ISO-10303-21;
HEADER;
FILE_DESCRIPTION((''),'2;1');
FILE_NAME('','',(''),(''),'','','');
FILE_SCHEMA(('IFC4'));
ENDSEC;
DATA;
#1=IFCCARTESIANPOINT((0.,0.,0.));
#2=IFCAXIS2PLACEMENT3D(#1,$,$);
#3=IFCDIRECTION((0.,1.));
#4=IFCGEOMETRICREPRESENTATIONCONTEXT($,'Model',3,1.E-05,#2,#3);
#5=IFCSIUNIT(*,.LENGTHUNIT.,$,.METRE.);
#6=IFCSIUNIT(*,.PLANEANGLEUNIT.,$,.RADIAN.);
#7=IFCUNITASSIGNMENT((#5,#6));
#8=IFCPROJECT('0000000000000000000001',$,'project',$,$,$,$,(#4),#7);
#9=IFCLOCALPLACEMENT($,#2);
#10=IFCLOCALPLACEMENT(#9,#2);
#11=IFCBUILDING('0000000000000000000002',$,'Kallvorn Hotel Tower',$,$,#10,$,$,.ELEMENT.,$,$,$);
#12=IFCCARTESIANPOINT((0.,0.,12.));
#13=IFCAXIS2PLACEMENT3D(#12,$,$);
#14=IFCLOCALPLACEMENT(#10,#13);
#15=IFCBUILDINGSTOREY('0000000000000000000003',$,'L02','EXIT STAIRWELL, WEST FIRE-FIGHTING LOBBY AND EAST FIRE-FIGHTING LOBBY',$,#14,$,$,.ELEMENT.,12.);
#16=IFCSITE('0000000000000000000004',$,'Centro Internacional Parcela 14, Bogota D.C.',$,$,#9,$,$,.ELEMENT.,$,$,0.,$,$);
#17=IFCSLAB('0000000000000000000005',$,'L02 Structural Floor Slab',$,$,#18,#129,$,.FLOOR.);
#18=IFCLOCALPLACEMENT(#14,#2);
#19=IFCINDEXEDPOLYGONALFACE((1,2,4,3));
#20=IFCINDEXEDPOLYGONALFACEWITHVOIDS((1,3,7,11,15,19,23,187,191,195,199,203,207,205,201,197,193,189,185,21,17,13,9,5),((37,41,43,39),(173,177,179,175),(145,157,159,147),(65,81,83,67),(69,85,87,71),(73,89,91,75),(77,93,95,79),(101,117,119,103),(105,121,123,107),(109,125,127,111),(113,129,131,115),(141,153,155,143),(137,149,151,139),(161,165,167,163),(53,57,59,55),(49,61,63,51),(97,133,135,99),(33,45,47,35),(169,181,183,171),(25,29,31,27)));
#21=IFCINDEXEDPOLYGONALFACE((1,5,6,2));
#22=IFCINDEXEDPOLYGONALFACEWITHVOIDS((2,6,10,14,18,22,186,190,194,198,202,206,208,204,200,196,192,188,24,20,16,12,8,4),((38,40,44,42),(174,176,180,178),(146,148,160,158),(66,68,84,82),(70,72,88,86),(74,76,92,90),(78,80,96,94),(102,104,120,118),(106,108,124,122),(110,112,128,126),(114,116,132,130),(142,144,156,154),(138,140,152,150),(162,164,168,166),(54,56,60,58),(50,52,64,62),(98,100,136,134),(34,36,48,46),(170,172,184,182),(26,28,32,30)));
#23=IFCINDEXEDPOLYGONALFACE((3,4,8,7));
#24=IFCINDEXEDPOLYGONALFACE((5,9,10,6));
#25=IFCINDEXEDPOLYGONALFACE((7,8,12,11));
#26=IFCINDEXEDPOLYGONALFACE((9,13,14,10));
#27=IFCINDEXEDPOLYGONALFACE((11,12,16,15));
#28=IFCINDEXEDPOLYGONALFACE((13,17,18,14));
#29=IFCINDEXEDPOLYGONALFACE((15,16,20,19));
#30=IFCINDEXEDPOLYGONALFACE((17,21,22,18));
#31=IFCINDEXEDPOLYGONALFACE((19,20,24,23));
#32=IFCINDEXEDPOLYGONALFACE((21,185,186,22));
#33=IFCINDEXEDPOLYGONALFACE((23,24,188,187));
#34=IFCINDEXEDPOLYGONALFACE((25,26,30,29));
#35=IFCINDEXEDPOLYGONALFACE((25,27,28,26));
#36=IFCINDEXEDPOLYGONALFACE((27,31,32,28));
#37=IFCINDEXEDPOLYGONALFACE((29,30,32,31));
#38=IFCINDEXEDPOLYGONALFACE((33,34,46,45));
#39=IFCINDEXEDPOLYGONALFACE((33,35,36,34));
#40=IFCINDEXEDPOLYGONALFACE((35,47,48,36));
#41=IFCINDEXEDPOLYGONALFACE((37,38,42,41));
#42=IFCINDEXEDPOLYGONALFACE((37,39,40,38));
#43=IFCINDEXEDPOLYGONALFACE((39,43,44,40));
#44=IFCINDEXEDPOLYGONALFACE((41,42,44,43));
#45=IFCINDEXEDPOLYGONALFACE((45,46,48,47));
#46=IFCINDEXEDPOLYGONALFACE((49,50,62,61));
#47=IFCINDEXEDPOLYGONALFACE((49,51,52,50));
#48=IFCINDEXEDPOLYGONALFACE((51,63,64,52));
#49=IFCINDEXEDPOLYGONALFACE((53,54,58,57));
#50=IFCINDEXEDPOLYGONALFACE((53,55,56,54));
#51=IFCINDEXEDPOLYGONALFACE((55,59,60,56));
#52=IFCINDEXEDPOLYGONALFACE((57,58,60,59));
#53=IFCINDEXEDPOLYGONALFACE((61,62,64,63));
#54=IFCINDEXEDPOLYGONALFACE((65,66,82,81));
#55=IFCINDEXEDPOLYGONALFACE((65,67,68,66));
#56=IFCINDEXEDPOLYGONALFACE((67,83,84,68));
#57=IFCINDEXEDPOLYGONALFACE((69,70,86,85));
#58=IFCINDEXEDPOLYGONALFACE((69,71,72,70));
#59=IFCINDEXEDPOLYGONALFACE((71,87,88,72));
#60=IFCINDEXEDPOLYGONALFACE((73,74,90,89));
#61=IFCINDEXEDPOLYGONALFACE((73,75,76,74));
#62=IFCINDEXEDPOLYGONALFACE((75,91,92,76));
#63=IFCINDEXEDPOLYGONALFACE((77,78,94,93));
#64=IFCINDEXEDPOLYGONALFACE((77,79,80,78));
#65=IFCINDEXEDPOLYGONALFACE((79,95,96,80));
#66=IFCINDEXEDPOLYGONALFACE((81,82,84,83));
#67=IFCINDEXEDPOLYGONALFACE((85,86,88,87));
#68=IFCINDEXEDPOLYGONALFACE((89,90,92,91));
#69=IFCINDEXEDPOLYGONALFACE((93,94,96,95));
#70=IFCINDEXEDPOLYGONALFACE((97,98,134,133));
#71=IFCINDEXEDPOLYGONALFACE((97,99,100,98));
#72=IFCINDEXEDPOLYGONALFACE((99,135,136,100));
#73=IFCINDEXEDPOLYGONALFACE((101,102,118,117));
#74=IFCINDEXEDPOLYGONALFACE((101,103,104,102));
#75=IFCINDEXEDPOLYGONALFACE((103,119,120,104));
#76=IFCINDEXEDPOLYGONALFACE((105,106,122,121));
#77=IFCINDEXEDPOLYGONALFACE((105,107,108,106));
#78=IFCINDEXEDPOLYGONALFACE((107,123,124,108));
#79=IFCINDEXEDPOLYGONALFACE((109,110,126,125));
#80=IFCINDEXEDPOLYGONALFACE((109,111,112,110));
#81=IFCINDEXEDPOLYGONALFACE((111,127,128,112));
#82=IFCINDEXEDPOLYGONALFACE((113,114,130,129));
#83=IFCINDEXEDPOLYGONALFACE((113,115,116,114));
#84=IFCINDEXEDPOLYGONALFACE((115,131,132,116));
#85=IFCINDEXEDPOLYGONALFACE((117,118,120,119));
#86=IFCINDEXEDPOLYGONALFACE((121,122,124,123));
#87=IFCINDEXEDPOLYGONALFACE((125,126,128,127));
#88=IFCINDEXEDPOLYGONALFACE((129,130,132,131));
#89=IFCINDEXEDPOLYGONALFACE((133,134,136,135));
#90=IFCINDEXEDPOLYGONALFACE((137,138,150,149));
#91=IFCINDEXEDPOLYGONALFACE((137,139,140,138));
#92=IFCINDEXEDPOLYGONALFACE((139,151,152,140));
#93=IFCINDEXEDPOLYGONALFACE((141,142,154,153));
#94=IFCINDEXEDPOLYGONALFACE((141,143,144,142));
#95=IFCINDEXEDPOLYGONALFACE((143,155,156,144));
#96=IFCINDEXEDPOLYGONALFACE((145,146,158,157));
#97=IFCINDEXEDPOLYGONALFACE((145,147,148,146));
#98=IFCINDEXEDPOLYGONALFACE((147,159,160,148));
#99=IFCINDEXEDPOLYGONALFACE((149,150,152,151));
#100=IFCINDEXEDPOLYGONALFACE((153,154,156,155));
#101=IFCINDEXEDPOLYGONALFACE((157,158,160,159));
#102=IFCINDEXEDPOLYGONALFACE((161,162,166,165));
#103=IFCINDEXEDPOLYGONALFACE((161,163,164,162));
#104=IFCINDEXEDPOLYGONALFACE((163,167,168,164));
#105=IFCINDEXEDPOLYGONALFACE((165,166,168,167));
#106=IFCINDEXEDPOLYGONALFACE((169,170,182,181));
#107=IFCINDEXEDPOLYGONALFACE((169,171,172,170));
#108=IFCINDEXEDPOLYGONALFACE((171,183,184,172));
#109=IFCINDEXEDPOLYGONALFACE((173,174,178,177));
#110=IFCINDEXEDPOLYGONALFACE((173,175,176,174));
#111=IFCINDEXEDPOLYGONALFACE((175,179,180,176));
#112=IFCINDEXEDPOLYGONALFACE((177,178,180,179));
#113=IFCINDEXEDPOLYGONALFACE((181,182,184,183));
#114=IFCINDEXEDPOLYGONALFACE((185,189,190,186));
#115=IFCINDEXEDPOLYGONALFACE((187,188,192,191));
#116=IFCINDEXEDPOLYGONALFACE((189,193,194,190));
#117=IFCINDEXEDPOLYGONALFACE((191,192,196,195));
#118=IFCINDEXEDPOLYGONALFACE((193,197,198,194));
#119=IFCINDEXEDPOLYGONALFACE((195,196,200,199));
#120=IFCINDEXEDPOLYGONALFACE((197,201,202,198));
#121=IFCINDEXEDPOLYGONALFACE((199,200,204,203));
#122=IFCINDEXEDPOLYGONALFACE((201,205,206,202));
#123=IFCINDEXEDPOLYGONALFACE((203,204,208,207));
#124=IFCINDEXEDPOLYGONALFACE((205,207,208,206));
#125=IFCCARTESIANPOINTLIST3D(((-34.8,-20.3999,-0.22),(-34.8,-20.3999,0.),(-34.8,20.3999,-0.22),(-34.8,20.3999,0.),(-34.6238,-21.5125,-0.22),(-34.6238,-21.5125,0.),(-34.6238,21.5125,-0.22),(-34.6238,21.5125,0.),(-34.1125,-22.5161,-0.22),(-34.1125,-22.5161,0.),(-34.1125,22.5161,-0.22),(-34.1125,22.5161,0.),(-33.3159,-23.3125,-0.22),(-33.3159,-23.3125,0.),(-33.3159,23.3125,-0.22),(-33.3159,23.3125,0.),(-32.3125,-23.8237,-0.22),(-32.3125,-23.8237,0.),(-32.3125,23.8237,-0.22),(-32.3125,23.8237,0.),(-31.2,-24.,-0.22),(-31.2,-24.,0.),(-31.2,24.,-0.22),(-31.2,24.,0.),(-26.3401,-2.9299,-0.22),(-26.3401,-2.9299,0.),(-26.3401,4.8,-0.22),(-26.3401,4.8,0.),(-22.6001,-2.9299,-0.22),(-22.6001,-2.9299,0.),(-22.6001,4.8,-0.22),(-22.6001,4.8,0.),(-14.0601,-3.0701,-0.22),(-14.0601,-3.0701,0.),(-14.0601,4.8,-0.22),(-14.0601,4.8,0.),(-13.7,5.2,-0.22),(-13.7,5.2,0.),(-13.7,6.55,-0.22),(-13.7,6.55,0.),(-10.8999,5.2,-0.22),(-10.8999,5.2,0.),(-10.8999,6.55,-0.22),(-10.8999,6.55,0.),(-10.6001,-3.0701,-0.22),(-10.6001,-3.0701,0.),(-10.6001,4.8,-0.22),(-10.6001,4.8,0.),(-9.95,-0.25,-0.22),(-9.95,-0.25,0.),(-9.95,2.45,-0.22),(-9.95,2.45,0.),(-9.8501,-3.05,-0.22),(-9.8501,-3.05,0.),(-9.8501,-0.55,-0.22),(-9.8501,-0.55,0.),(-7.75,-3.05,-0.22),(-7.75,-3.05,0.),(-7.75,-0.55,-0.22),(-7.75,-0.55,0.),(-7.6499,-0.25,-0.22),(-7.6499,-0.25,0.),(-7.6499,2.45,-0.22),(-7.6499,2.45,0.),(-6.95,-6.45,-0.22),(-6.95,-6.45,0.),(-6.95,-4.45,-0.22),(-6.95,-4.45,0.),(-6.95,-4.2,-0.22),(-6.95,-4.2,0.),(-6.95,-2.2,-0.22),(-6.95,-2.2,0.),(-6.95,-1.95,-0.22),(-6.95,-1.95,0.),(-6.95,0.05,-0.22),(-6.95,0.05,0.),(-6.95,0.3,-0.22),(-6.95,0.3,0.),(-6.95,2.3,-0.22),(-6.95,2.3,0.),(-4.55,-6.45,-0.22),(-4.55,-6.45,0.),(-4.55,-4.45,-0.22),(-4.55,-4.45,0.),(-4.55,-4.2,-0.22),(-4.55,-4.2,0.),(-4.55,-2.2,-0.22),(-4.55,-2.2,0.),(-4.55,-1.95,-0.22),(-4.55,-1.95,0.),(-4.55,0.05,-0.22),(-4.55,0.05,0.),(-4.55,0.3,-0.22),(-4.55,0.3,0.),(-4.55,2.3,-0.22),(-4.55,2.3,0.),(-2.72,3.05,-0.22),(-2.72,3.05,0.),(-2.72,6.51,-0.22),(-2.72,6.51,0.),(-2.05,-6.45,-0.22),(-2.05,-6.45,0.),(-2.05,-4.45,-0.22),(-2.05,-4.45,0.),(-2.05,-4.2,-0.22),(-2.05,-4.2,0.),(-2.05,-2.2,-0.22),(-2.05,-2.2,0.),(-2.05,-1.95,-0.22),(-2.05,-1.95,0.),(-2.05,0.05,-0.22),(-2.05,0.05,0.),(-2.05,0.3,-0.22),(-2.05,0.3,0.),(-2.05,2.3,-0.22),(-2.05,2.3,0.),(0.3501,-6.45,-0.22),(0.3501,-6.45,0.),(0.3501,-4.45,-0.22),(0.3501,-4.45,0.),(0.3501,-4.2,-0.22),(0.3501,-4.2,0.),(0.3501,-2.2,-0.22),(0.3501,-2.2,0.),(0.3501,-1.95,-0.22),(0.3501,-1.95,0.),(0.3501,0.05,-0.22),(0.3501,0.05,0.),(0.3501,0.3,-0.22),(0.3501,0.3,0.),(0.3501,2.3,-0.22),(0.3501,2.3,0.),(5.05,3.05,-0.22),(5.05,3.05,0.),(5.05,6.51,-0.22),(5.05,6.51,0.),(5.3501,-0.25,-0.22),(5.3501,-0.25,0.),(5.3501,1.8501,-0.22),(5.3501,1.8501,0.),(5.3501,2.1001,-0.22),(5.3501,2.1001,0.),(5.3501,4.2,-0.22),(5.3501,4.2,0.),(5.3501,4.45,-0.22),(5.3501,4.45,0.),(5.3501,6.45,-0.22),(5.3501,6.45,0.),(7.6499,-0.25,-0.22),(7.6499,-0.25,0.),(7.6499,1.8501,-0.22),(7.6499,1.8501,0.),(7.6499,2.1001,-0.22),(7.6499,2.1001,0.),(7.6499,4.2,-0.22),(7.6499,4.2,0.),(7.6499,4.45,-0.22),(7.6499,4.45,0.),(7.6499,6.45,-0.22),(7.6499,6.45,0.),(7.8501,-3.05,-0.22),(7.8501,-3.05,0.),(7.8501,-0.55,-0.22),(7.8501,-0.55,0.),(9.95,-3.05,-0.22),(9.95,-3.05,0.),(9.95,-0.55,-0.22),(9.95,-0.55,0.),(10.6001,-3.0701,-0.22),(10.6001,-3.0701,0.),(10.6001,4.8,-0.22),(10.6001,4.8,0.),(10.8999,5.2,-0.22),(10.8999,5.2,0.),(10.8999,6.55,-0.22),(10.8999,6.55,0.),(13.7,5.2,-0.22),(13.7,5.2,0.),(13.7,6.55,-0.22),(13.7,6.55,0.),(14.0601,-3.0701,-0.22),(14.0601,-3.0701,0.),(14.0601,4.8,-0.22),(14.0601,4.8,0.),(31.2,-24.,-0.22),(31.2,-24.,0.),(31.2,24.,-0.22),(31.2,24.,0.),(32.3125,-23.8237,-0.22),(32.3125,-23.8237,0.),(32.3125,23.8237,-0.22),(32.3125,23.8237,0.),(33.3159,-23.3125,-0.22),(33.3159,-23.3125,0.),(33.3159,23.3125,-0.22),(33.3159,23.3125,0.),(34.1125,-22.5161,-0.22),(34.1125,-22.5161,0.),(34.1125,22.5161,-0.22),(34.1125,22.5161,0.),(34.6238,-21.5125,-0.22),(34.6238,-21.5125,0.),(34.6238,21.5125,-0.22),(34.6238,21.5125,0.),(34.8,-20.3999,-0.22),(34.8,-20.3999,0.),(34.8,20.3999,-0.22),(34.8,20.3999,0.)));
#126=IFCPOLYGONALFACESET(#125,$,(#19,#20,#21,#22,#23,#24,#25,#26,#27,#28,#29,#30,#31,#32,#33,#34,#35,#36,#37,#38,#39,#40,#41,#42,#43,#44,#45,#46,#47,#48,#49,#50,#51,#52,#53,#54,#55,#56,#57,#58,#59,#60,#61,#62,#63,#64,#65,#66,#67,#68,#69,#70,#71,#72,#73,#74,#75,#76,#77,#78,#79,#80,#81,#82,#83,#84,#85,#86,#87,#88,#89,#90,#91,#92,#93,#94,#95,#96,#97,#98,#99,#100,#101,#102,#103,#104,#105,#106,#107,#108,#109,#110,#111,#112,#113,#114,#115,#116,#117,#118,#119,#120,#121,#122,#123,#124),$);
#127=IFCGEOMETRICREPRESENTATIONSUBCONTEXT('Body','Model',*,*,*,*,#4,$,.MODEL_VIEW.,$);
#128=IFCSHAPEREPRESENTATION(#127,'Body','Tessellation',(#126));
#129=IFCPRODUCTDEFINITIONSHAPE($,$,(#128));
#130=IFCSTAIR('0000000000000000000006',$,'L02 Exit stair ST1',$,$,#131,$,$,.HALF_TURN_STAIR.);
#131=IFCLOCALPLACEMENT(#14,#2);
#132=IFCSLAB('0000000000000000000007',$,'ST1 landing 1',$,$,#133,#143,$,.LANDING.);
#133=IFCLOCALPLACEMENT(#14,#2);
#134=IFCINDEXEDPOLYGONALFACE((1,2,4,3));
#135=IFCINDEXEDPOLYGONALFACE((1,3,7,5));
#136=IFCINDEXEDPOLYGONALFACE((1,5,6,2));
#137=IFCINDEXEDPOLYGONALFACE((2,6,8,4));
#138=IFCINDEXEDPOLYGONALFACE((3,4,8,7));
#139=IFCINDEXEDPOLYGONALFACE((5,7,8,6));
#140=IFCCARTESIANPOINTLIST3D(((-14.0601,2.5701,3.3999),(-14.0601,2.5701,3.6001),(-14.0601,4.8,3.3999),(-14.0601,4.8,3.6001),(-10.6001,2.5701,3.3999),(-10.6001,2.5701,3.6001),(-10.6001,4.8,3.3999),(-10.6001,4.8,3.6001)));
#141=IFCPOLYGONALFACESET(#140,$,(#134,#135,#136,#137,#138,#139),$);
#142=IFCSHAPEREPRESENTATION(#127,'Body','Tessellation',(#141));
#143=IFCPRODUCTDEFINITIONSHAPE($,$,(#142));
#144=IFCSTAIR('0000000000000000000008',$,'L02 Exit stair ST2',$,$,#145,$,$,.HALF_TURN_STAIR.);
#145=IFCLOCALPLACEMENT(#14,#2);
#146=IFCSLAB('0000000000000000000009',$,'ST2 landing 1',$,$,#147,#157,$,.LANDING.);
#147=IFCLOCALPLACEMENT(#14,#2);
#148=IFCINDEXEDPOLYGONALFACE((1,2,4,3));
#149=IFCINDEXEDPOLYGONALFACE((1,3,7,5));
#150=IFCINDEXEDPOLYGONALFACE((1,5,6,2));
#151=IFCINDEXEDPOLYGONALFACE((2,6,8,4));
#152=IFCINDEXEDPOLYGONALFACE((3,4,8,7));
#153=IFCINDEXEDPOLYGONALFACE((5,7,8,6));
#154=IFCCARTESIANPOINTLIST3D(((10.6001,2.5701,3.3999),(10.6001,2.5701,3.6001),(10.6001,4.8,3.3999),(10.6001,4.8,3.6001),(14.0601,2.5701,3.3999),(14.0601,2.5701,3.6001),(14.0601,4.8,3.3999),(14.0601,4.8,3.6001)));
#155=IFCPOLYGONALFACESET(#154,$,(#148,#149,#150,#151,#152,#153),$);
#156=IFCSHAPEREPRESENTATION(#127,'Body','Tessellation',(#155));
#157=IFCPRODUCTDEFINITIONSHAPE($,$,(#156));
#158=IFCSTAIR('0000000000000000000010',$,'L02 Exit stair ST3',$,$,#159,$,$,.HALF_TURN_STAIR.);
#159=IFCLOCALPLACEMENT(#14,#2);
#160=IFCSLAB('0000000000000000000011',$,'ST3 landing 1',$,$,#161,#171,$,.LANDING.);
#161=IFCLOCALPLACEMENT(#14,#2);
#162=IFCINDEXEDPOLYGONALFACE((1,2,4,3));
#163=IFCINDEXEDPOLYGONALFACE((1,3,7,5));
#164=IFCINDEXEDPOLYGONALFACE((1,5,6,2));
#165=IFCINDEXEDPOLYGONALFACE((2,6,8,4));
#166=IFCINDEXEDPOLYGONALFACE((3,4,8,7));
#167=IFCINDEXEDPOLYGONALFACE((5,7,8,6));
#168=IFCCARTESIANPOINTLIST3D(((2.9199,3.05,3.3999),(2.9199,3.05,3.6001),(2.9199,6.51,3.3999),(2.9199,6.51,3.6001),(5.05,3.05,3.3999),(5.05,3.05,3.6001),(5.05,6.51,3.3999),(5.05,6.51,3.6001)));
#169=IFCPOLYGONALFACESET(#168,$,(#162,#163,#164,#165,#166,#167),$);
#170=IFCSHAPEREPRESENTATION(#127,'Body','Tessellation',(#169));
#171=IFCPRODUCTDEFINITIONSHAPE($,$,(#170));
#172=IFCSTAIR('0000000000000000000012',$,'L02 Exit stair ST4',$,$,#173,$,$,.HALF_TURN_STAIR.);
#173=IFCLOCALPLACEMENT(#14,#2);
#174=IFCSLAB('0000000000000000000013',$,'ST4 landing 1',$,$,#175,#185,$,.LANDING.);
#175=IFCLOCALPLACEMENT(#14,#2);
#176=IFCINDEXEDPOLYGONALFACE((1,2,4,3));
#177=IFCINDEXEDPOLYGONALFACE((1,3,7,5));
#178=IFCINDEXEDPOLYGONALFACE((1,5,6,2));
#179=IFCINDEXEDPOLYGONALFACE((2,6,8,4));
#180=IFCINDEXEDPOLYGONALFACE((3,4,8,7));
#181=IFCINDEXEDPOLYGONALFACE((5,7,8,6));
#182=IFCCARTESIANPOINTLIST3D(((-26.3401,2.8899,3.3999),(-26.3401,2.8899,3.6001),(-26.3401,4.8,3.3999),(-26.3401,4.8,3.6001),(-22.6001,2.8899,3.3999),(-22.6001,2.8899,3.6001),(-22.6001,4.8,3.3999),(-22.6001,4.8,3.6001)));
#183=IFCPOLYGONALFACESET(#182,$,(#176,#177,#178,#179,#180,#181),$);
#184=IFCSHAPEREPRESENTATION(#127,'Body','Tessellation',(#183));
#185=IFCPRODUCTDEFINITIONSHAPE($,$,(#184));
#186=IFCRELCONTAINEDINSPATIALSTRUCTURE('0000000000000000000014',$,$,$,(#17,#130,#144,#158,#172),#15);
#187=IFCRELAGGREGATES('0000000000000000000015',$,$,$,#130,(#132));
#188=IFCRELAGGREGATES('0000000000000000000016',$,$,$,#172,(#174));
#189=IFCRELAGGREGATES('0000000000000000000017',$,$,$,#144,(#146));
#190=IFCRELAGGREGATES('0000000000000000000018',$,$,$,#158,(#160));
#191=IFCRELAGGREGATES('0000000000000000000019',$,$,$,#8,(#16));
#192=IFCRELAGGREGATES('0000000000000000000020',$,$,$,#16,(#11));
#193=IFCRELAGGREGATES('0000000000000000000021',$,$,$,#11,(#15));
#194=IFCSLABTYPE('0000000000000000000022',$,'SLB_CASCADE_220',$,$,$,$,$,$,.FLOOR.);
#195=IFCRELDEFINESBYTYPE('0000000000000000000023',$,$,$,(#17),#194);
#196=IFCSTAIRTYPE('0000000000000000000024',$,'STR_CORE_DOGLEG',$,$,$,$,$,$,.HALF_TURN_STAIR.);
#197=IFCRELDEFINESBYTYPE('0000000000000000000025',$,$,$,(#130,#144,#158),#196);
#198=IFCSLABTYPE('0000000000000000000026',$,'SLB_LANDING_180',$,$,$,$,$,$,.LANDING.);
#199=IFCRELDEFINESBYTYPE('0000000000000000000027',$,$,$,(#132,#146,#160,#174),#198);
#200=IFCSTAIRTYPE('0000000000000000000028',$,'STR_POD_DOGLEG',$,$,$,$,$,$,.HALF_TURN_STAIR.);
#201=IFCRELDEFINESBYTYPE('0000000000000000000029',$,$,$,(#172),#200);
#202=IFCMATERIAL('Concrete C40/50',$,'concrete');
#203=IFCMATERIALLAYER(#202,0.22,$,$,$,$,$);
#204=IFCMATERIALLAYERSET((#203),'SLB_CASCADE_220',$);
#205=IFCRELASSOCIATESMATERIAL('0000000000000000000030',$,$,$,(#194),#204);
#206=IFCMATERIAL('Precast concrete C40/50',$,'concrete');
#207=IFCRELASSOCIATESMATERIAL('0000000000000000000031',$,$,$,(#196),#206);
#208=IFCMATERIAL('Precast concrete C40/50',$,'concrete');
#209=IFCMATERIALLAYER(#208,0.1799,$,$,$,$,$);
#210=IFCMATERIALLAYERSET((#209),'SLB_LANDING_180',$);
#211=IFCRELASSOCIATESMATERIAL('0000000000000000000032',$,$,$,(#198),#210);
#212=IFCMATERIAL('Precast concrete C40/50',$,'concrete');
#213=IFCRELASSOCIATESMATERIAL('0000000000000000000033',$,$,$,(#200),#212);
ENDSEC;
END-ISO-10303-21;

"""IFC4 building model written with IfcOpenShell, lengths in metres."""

from ifc_helpers import new_model, si_unit, direction, frame, origin, place, context, subcontext, project, spatial, polyline, outline, extrude, material, layer, layer_set, type_object, element, aggregate, save


model = new_model("IFC4")

# Units and contexts
model_context = context("Model", 3, precision=1e-05, world=origin(), true_north=direction((0.0, 1.0)))
body_context = subcontext(model_context, "Body", "Model", "MODEL_VIEW")
ifc_project = project(units=[si_unit("LENGTHUNIT", "METRE"), si_unit("PLANEANGLEUNIT", "RADIAN")], contexts=[model_context])

# Site, building, storey
site_placement = place(None, origin())
site = spatial("IfcSite", under=ifc_project, at=site_placement, Name="Centro Internacional Parcela 14, Bogota D.C.", CompositionType="ELEMENT", RefElevation=0.0)
building_placement = place(site_placement, origin())
building = spatial("IfcBuilding", under=site, at=building_placement, Name="Kallvorn Hotel Tower", CompositionType="ELEMENT")
storey_placement = place(building_placement, frame((0.0, 0.0, 12.0)))
storey = spatial("IfcBuildingStorey", under=building, at=storey_placement, Name="L02", Description="EXIT STAIRWELL, WEST FIRE-FIGHTING LOBBY AND EAST FIRE-FIGHTING LOBBY", CompositionType="ELEMENT", Elevation=12.0)

# Slab
ifc_material_1 = material(Name="Concrete C40/50", Category="concrete")
ifc_layer_1 = layer(ifc_material_1, 0.22)
ifc_layer_set_1 = layer_set([ifc_layer_1], Name="SLB_CASCADE_220")
slab_type_1 = type_object("IfcSlabType", Name="SLB_CASCADE_220", PredefinedType="FLOOR", material=ifc_layer_set_1)
slab_1_placement = place(storey_placement, frame((0.0, 0.0, -0.22)))
element("IfcSlab", 1, at=slab_1_placement, inside=storey, type_object=slab_type_1, Name="L02 Structural Floor Slab", PredefinedType="FLOOR", context=body_context, shape_type="SweptSolid", body=[
    extrude(outline(polyline([(31.2, -24.0), (32.3125, -23.8237), (33.3159, -23.3125), (34.1125, -22.5161), (34.6238, -21.5125), (34.8, -20.3999), (34.8, 20.3999), (34.6238, 21.5125), (34.1125, 22.5161), (33.3159, 23.3125), (32.3125, 23.8237), (31.2, 24.0), (-31.2, 24.0), (-32.3125, 23.8237), (-33.3159, 23.3125), (-34.1125, 22.5161), (-34.6238, 21.5125), (-34.8, 20.3999), (-34.8, -20.3999), (-34.6238, -21.5125), (-34.1125, -22.5161), (-33.3159, -23.3125), (-32.3125, -23.8237), (-31.2, -24.0), (31.2, -24.0)]), holes=[polyline([(-10.6001, -3.0701), (-10.6001, 4.8), (-14.0601, 4.8), (-14.0601, -3.0701), (-10.6001, -3.0701)]), polyline([(14.0601, -3.0701), (14.0601, 4.8), (10.6001, 4.8), (10.6001, -3.0701), (14.0601, -3.0701)]), polyline([(-2.72, 3.05), (5.05, 3.05), (5.05, 6.51), (-2.72, 6.51), (-2.72, 3.05)]), polyline([(-22.6001, -2.9299), (-22.6001, 4.8), (-26.3401, 4.8), (-26.3401, -2.9299), (-22.6001, -2.9299)]), polyline([(-6.95, -6.45), (-4.55, -6.45), (-4.55, -4.45), (-6.95, -4.45), (-6.95, -6.45)]), polyline([(-6.95, -4.2), (-4.55, -4.2), (-4.55, -2.2), (-6.95, -2.2), (-6.95, -4.2)]), polyline([(-6.95, -1.95), (-4.55, -1.95), (-4.55, 0.05), (-6.95, 0.05), (-6.95, -1.95)]), polyline([(-6.95, 0.3), (-4.55, 0.3), (-4.55, 2.3), (-6.95, 2.3), (-6.95, 0.3)]), polyline([(-2.05, -6.45), (0.3501, -6.45), (0.3501, -4.45), (-2.05, -4.45), (-2.05, -6.45)]), polyline([(-2.05, -4.2), (0.3501, -4.2), (0.3501, -2.2), (-2.05, -2.2), (-2.05, -4.2)]), polyline([(-2.05, -1.95), (0.3501, -1.95), (0.3501, 0.05), (-2.05, 0.05), (-2.05, -1.95)]), polyline([(-2.05, 0.3), (0.3501, 0.3), (0.3501, 2.3), (-2.05, 2.3), (-2.05, 0.3)]), polyline([(5.3501, -0.25), (7.6499, -0.25), (7.6499, 1.8501), (5.3501, 1.8501), (5.3501, -0.25)]), polyline([(5.3501, 2.1001), (7.6499, 2.1001), (7.6499, 4.2), (5.3501, 4.2), (5.3501, 2.1001)]), polyline([(5.3501, 4.45), (7.6499, 4.45), (7.6499, 6.45), (5.3501, 6.45), (5.3501, 4.45)]), polyline([(-9.8501, -3.05), (-7.75, -3.05), (-7.75, -0.55), (-9.8501, -0.55), (-9.8501, -3.05)]), polyline([(7.8501, -3.05), (9.95, -3.05), (9.95, -0.55), (7.8501, -0.55), (7.8501, -3.05)]), polyline([(-9.95, -0.25), (-7.6499, -0.25), (-7.6499, 2.45), (-9.95, 2.45), (-9.95, -0.25)]), polyline([(-13.7, 5.2), (-10.8999, 5.2), (-10.8999, 6.55), (-13.7, 6.55), (-13.7, 5.2)]), polyline([(10.8999, 5.2), (13.7, 5.2), (13.7, 6.55), (10.8999, 6.55), (10.8999, 5.2)])]), origin(), (0.0, 0.0, 1.0), 0.22),
])

# Stairs, slabs
ifc_material_2 = material(Name="Precast concrete C40/50", Category="concrete")
stair_type_1 = type_object("IfcStairType", Name="STR_CORE_DOGLEG", PredefinedType="HALF_TURN_STAIR", material=ifc_material_2)
stair_1_placement = place(storey_placement, origin())
stair_1 = element("IfcStair", 2, at=stair_1_placement, inside=storey, type_object=stair_type_1, Name="L02 Exit stair ST1", PredefinedType="HALF_TURN_STAIR")
ifc_material_3 = material(Name="Precast concrete C40/50", Category="concrete")
ifc_layer_2 = layer(ifc_material_3, 0.1799)
ifc_layer_set_2 = layer_set([ifc_layer_2], Name="SLB_LANDING_180")
slab_type_2 = type_object("IfcSlabType", Name="SLB_LANDING_180", PredefinedType="LANDING", material=ifc_layer_set_2)
slab_2_placement = place(storey_placement, frame((0.0, 0.0, 3.3999)))
slab_2 = element("IfcSlab", 3, at=slab_2_placement, type_object=slab_type_2, Name="ST1 landing 1", PredefinedType="LANDING", context=body_context, shape_type="SweptSolid", body=[
    extrude(outline(polyline([(-10.6001, 2.5701), (-10.6001, 4.8), (-14.0601, 4.8), (-14.0601, 2.5701), (-10.6001, 2.5701)])), origin(), (0.0, 0.0, 1.0), 0.2002),
])
aggregate(stair_1, [slab_2])
stair_2_placement = place(storey_placement, origin())
stair_2 = element("IfcStair", 4, at=stair_2_placement, inside=storey, type_object=stair_type_1, Name="L02 Exit stair ST2", PredefinedType="HALF_TURN_STAIR")
slab_3_placement = place(storey_placement, frame((0.0, 0.0, 3.3999)))
slab_3 = element("IfcSlab", 5, at=slab_3_placement, type_object=slab_type_2, Name="ST2 landing 1", PredefinedType="LANDING", context=body_context, shape_type="SweptSolid", body=[
    extrude(outline(polyline([(14.0601, 2.5701), (14.0601, 4.8), (10.6001, 4.8), (10.6001, 2.5701), (14.0601, 2.5701)])), origin(), (0.0, 0.0, 1.0), 0.2002),
])
stair_3_placement = place(storey_placement, origin())
stair_3 = element("IfcStair", 6, at=stair_3_placement, inside=storey, type_object=stair_type_1, Name="L02 Exit stair ST3", PredefinedType="HALF_TURN_STAIR")
slab_4_placement = place(storey_placement, frame((0.0, 0.0, 3.3999)))
slab_4 = element("IfcSlab", 7, at=slab_4_placement, type_object=slab_type_2, Name="ST3 landing 1", PredefinedType="LANDING", context=body_context, shape_type="SweptSolid", body=[
    extrude(outline(polyline([(2.9199, 3.05), (5.05, 3.05), (5.05, 6.51), (2.9199, 6.51), (2.9199, 3.05)])), origin(), (0.0, 0.0, 1.0), 0.2002),
])
ifc_material_4 = material(Name="Precast concrete C40/50", Category="concrete")
stair_type_2 = type_object("IfcStairType", Name="STR_POD_DOGLEG", PredefinedType="HALF_TURN_STAIR", material=ifc_material_4)
stair_4_placement = place(storey_placement, origin())
stair_4 = element("IfcStair", 8, at=stair_4_placement, inside=storey, type_object=stair_type_2, Name="L02 Exit stair ST4", PredefinedType="HALF_TURN_STAIR")
slab_5_placement = place(storey_placement, frame((0.0, 0.0, 3.3999)))
slab_5 = element("IfcSlab", 9, at=slab_5_placement, type_object=slab_type_2, Name="ST4 landing 1", PredefinedType="LANDING", context=body_context, shape_type="SweptSolid", body=[
    extrude(outline(polyline([(-22.6001, 2.8899), (-22.6001, 4.8), (-26.3401, 4.8), (-26.3401, 2.8899), (-22.6001, 2.8899)])), origin(), (0.0, 0.0, 1.0), 0.2002),
])
aggregate(stair_4, [slab_5])

aggregate(stair_2, [slab_3])
aggregate(stair_3, [slab_4])

save(model, "model.ifc")
